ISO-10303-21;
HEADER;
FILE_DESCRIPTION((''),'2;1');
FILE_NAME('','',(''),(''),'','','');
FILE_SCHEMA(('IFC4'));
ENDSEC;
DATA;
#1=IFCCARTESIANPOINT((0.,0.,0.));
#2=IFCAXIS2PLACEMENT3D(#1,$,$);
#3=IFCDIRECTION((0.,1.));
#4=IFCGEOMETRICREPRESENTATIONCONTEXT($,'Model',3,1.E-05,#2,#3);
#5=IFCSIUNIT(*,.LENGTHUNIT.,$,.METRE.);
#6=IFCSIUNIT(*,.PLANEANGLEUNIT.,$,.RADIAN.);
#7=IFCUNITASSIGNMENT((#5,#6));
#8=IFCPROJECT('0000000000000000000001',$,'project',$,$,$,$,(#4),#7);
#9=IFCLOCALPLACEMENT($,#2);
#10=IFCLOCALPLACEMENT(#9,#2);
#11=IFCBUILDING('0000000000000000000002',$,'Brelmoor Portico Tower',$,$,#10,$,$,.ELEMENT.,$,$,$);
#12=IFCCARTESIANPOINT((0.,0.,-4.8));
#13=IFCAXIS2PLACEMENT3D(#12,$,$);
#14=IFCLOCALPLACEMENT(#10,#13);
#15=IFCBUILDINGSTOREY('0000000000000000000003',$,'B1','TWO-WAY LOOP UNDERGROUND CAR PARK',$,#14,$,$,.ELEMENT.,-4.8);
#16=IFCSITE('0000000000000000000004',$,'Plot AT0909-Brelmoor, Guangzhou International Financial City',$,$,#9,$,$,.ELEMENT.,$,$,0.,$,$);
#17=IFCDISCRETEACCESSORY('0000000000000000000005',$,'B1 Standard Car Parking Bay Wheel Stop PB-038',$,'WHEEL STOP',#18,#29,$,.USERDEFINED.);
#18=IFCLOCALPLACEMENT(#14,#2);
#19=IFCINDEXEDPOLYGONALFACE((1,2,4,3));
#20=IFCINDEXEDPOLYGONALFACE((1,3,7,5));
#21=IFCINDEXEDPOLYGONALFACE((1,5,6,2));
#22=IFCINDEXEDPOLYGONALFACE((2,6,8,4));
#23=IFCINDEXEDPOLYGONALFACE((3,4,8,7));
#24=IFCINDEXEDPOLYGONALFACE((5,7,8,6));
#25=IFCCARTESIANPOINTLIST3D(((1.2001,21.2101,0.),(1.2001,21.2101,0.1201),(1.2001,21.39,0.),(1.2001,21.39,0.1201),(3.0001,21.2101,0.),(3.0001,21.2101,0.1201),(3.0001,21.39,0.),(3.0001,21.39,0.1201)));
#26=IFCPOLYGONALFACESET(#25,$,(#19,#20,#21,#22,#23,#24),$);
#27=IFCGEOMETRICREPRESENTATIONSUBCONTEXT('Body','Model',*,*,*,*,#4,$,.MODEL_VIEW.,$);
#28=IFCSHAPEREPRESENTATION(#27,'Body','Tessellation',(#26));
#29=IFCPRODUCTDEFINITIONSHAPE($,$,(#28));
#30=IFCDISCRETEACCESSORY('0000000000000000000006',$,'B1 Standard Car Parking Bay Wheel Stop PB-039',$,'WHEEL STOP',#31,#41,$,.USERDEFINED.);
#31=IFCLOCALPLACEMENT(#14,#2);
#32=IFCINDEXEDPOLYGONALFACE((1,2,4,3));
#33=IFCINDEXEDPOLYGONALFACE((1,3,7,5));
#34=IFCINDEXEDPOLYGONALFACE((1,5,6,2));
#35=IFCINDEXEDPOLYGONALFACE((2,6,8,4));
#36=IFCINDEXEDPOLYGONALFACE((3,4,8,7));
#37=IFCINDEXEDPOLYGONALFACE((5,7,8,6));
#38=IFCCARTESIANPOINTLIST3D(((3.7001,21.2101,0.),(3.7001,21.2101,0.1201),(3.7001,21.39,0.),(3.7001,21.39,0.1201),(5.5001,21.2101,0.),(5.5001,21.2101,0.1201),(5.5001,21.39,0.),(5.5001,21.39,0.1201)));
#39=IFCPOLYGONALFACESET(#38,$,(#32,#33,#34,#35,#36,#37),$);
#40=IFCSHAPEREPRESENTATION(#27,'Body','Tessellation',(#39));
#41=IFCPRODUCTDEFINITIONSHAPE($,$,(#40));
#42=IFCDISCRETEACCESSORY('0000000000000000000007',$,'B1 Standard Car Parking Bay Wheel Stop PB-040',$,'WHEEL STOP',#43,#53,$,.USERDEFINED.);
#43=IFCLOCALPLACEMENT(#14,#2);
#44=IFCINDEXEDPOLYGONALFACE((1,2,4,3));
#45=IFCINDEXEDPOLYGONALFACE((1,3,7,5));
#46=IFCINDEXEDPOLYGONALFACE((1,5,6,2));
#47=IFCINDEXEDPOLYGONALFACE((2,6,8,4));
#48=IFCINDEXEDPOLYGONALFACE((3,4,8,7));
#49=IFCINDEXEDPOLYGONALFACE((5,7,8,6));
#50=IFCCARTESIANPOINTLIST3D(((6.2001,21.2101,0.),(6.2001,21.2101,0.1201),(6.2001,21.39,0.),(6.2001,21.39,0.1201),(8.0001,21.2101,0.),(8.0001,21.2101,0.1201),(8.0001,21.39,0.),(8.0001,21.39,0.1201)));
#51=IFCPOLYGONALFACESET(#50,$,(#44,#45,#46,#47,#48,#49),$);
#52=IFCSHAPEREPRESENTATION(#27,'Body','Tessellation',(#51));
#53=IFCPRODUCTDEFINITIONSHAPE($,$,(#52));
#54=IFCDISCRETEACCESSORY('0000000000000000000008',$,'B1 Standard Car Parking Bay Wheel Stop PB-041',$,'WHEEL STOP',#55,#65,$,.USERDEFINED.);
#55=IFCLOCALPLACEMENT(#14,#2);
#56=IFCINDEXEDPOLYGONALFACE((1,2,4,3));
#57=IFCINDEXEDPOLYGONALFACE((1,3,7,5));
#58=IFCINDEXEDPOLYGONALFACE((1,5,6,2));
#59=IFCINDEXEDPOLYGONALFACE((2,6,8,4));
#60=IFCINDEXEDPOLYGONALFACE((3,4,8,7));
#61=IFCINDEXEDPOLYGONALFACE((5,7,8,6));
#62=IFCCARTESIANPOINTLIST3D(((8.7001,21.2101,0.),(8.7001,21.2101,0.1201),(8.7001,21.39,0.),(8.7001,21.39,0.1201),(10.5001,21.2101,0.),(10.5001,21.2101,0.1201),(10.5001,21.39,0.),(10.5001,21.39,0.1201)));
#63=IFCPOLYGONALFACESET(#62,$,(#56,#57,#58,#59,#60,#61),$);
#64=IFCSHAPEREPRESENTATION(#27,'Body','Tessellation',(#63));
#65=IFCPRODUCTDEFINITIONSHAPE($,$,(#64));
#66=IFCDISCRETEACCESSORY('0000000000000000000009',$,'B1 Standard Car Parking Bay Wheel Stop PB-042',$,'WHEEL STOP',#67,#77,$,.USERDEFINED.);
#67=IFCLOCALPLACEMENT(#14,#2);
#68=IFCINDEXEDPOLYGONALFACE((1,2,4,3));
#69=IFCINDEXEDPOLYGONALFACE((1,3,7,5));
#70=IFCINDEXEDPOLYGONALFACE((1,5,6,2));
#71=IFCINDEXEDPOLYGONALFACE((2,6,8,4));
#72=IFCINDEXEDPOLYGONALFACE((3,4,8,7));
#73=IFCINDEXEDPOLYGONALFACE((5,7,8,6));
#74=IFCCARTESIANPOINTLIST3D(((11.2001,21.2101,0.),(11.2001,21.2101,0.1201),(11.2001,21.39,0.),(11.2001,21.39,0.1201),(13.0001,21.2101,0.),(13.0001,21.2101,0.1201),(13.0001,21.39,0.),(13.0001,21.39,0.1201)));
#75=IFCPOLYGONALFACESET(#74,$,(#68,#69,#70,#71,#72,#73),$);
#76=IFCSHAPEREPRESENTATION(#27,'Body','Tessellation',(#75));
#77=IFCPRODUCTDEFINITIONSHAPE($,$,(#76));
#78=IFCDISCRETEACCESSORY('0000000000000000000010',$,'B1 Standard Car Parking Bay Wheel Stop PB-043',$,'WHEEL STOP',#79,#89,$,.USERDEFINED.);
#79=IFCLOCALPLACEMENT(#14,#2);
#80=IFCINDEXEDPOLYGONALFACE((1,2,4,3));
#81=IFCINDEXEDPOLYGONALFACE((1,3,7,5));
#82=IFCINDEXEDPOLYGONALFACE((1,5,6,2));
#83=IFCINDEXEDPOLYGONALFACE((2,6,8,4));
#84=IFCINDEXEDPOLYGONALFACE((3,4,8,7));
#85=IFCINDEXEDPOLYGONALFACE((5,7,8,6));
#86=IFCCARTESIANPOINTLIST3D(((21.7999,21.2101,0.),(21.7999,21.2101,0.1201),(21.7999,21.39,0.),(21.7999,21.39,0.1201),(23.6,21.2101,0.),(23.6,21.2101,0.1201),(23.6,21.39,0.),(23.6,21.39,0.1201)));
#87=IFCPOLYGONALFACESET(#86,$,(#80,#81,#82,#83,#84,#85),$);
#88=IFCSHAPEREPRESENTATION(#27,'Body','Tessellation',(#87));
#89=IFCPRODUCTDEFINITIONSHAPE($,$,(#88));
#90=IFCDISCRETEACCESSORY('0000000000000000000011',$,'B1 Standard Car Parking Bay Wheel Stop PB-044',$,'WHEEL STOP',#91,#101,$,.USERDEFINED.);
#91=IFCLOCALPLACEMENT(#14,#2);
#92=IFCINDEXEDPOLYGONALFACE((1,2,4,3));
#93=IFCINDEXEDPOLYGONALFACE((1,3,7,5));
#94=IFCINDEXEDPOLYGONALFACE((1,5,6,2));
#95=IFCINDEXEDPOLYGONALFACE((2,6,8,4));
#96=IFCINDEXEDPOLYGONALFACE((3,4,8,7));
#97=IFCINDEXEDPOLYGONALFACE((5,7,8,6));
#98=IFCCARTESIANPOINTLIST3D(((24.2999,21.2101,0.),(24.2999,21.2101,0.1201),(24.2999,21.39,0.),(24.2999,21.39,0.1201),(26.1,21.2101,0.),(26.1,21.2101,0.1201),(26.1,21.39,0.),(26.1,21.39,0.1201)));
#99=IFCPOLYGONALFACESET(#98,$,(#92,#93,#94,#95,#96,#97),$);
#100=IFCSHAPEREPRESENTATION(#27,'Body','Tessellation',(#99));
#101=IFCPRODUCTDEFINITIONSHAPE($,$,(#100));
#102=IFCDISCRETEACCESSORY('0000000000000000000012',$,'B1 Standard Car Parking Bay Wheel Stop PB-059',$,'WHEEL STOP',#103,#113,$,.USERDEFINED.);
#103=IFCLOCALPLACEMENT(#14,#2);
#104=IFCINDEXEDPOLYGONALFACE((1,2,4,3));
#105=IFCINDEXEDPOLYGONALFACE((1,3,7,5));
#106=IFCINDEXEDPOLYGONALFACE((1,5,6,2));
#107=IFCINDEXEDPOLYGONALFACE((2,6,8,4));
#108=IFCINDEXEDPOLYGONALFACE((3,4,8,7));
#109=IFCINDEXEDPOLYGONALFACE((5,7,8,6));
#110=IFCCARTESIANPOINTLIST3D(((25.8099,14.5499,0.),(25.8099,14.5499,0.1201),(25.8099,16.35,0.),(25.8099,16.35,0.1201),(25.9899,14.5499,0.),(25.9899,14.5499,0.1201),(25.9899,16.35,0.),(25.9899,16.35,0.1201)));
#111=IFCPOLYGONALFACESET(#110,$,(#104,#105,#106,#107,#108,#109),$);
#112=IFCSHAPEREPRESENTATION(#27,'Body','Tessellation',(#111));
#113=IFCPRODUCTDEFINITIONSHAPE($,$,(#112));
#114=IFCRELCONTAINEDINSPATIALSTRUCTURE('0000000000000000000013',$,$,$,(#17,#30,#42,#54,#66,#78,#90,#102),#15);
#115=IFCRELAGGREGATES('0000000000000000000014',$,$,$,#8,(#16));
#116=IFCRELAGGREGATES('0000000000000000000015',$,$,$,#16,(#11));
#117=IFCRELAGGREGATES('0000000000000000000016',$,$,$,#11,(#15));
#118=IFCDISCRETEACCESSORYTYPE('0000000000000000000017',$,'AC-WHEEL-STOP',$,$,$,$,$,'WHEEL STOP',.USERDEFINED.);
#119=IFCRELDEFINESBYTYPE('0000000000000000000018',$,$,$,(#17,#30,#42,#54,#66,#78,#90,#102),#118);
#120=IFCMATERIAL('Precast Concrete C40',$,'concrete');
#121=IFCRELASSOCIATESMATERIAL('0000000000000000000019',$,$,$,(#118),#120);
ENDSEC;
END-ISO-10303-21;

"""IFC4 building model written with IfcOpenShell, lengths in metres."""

from ifc_helpers import new_model, si_unit, direction, frame, origin, origin_2d, place, context, subcontext, project, spatial, rectangle, extrude, material, type_object, element, save


model = new_model("IFC4")

# Units and contexts
model_context = context("Model", 3, precision=1e-05, world=origin(), true_north=direction((0.0, 1.0)))
body_context = subcontext(model_context, "Body", "Model", "MODEL_VIEW")
ifc_project = project(units=[si_unit("LENGTHUNIT", "METRE"), si_unit("PLANEANGLEUNIT", "RADIAN")], contexts=[model_context])

# Site, building, storey
site_placement = place(None, origin())
site = spatial("IfcSite", under=ifc_project, at=site_placement, Name="Plot AT0909-Brelmoor, Guangzhou International Financial City", CompositionType="ELEMENT", RefElevation=0.0)
building_placement = place(site_placement, origin())
building = spatial("IfcBuilding", under=site, at=building_placement, Name="Brelmoor Portico Tower", CompositionType="ELEMENT")
storey_placement = place(building_placement, frame((0.0, 0.0, -4.8)))
storey = spatial("IfcBuildingStorey", under=building, at=storey_placement, Name="B1", Description="TWO-WAY LOOP UNDERGROUND CAR PARK", CompositionType="ELEMENT", Elevation=-4.8)

# Discrete accessories
ifc_material_1 = material(Name="Precast Concrete C40", Category="concrete")
discrete_accessory_type = type_object("IfcDiscreteAccessoryType", Name="AC-WHEEL-STOP", ElementType="WHEEL STOP", PredefinedType="USERDEFINED", material=ifc_material_1)
for number, where, z_axis, x_axis, name in (
    (1, (2.1001, 21.3, 0.0), (0.0, 0.0, 1.0), (1.0, 0.0, 0.0), "B1 Standard Car Parking Bay Wheel Stop PB-038"),
    (2, (4.6001, 21.3, 0.0), (0.0, 0.0, 1.0), (1.0, 0.0, 0.0), "B1 Standard Car Parking Bay Wheel Stop PB-039"),
    (3, (7.1001, 21.3, 0.0), (0.0, 0.0, 1.0), (1.0, 0.0, 0.0), "B1 Standard Car Parking Bay Wheel Stop PB-040"),
    (4, (9.6001, 21.3, 0.0), (0.0, 0.0, 1.0), (1.0, 0.0, 0.0), "B1 Standard Car Parking Bay Wheel Stop PB-041"),
    (5, (12.1001, 21.3, 0.0), (0.0, 0.0, 1.0), (1.0, 0.0, 0.0), "B1 Standard Car Parking Bay Wheel Stop PB-042"),
    (6, (22.7, 21.3, 0.0), (0.0, 0.0, 1.0), (1.0, 0.0, 0.0), "B1 Standard Car Parking Bay Wheel Stop PB-043"),
    (7, (25.2, 21.3, 0.0), (0.0, 0.0, 1.0), (1.0, 0.0, 0.0), "B1 Standard Car Parking Bay Wheel Stop PB-044"),
    (8, (25.8999, 15.45, 0.0), (0.0, 0.0, 1.0), (0.0, 1.0, 0.0), "B1 Standard Car Parking Bay Wheel Stop PB-059"),
):
    element("IfcDiscreteAccessory", number, at=place(storey_placement, frame(where, z_axis=z_axis, x_axis=x_axis)), inside=storey, type_object=discrete_accessory_type, Name=name, ObjectType="WHEEL STOP", PredefinedType="USERDEFINED", context=body_context, shape_type="SweptSolid", body=[
        extrude(rectangle(XDim=1.8, YDim=0.1799, at=origin_2d()), origin(), (0.0, 0.0, 1.0), 0.1201),
    ])

save(model, "model.ifc")
